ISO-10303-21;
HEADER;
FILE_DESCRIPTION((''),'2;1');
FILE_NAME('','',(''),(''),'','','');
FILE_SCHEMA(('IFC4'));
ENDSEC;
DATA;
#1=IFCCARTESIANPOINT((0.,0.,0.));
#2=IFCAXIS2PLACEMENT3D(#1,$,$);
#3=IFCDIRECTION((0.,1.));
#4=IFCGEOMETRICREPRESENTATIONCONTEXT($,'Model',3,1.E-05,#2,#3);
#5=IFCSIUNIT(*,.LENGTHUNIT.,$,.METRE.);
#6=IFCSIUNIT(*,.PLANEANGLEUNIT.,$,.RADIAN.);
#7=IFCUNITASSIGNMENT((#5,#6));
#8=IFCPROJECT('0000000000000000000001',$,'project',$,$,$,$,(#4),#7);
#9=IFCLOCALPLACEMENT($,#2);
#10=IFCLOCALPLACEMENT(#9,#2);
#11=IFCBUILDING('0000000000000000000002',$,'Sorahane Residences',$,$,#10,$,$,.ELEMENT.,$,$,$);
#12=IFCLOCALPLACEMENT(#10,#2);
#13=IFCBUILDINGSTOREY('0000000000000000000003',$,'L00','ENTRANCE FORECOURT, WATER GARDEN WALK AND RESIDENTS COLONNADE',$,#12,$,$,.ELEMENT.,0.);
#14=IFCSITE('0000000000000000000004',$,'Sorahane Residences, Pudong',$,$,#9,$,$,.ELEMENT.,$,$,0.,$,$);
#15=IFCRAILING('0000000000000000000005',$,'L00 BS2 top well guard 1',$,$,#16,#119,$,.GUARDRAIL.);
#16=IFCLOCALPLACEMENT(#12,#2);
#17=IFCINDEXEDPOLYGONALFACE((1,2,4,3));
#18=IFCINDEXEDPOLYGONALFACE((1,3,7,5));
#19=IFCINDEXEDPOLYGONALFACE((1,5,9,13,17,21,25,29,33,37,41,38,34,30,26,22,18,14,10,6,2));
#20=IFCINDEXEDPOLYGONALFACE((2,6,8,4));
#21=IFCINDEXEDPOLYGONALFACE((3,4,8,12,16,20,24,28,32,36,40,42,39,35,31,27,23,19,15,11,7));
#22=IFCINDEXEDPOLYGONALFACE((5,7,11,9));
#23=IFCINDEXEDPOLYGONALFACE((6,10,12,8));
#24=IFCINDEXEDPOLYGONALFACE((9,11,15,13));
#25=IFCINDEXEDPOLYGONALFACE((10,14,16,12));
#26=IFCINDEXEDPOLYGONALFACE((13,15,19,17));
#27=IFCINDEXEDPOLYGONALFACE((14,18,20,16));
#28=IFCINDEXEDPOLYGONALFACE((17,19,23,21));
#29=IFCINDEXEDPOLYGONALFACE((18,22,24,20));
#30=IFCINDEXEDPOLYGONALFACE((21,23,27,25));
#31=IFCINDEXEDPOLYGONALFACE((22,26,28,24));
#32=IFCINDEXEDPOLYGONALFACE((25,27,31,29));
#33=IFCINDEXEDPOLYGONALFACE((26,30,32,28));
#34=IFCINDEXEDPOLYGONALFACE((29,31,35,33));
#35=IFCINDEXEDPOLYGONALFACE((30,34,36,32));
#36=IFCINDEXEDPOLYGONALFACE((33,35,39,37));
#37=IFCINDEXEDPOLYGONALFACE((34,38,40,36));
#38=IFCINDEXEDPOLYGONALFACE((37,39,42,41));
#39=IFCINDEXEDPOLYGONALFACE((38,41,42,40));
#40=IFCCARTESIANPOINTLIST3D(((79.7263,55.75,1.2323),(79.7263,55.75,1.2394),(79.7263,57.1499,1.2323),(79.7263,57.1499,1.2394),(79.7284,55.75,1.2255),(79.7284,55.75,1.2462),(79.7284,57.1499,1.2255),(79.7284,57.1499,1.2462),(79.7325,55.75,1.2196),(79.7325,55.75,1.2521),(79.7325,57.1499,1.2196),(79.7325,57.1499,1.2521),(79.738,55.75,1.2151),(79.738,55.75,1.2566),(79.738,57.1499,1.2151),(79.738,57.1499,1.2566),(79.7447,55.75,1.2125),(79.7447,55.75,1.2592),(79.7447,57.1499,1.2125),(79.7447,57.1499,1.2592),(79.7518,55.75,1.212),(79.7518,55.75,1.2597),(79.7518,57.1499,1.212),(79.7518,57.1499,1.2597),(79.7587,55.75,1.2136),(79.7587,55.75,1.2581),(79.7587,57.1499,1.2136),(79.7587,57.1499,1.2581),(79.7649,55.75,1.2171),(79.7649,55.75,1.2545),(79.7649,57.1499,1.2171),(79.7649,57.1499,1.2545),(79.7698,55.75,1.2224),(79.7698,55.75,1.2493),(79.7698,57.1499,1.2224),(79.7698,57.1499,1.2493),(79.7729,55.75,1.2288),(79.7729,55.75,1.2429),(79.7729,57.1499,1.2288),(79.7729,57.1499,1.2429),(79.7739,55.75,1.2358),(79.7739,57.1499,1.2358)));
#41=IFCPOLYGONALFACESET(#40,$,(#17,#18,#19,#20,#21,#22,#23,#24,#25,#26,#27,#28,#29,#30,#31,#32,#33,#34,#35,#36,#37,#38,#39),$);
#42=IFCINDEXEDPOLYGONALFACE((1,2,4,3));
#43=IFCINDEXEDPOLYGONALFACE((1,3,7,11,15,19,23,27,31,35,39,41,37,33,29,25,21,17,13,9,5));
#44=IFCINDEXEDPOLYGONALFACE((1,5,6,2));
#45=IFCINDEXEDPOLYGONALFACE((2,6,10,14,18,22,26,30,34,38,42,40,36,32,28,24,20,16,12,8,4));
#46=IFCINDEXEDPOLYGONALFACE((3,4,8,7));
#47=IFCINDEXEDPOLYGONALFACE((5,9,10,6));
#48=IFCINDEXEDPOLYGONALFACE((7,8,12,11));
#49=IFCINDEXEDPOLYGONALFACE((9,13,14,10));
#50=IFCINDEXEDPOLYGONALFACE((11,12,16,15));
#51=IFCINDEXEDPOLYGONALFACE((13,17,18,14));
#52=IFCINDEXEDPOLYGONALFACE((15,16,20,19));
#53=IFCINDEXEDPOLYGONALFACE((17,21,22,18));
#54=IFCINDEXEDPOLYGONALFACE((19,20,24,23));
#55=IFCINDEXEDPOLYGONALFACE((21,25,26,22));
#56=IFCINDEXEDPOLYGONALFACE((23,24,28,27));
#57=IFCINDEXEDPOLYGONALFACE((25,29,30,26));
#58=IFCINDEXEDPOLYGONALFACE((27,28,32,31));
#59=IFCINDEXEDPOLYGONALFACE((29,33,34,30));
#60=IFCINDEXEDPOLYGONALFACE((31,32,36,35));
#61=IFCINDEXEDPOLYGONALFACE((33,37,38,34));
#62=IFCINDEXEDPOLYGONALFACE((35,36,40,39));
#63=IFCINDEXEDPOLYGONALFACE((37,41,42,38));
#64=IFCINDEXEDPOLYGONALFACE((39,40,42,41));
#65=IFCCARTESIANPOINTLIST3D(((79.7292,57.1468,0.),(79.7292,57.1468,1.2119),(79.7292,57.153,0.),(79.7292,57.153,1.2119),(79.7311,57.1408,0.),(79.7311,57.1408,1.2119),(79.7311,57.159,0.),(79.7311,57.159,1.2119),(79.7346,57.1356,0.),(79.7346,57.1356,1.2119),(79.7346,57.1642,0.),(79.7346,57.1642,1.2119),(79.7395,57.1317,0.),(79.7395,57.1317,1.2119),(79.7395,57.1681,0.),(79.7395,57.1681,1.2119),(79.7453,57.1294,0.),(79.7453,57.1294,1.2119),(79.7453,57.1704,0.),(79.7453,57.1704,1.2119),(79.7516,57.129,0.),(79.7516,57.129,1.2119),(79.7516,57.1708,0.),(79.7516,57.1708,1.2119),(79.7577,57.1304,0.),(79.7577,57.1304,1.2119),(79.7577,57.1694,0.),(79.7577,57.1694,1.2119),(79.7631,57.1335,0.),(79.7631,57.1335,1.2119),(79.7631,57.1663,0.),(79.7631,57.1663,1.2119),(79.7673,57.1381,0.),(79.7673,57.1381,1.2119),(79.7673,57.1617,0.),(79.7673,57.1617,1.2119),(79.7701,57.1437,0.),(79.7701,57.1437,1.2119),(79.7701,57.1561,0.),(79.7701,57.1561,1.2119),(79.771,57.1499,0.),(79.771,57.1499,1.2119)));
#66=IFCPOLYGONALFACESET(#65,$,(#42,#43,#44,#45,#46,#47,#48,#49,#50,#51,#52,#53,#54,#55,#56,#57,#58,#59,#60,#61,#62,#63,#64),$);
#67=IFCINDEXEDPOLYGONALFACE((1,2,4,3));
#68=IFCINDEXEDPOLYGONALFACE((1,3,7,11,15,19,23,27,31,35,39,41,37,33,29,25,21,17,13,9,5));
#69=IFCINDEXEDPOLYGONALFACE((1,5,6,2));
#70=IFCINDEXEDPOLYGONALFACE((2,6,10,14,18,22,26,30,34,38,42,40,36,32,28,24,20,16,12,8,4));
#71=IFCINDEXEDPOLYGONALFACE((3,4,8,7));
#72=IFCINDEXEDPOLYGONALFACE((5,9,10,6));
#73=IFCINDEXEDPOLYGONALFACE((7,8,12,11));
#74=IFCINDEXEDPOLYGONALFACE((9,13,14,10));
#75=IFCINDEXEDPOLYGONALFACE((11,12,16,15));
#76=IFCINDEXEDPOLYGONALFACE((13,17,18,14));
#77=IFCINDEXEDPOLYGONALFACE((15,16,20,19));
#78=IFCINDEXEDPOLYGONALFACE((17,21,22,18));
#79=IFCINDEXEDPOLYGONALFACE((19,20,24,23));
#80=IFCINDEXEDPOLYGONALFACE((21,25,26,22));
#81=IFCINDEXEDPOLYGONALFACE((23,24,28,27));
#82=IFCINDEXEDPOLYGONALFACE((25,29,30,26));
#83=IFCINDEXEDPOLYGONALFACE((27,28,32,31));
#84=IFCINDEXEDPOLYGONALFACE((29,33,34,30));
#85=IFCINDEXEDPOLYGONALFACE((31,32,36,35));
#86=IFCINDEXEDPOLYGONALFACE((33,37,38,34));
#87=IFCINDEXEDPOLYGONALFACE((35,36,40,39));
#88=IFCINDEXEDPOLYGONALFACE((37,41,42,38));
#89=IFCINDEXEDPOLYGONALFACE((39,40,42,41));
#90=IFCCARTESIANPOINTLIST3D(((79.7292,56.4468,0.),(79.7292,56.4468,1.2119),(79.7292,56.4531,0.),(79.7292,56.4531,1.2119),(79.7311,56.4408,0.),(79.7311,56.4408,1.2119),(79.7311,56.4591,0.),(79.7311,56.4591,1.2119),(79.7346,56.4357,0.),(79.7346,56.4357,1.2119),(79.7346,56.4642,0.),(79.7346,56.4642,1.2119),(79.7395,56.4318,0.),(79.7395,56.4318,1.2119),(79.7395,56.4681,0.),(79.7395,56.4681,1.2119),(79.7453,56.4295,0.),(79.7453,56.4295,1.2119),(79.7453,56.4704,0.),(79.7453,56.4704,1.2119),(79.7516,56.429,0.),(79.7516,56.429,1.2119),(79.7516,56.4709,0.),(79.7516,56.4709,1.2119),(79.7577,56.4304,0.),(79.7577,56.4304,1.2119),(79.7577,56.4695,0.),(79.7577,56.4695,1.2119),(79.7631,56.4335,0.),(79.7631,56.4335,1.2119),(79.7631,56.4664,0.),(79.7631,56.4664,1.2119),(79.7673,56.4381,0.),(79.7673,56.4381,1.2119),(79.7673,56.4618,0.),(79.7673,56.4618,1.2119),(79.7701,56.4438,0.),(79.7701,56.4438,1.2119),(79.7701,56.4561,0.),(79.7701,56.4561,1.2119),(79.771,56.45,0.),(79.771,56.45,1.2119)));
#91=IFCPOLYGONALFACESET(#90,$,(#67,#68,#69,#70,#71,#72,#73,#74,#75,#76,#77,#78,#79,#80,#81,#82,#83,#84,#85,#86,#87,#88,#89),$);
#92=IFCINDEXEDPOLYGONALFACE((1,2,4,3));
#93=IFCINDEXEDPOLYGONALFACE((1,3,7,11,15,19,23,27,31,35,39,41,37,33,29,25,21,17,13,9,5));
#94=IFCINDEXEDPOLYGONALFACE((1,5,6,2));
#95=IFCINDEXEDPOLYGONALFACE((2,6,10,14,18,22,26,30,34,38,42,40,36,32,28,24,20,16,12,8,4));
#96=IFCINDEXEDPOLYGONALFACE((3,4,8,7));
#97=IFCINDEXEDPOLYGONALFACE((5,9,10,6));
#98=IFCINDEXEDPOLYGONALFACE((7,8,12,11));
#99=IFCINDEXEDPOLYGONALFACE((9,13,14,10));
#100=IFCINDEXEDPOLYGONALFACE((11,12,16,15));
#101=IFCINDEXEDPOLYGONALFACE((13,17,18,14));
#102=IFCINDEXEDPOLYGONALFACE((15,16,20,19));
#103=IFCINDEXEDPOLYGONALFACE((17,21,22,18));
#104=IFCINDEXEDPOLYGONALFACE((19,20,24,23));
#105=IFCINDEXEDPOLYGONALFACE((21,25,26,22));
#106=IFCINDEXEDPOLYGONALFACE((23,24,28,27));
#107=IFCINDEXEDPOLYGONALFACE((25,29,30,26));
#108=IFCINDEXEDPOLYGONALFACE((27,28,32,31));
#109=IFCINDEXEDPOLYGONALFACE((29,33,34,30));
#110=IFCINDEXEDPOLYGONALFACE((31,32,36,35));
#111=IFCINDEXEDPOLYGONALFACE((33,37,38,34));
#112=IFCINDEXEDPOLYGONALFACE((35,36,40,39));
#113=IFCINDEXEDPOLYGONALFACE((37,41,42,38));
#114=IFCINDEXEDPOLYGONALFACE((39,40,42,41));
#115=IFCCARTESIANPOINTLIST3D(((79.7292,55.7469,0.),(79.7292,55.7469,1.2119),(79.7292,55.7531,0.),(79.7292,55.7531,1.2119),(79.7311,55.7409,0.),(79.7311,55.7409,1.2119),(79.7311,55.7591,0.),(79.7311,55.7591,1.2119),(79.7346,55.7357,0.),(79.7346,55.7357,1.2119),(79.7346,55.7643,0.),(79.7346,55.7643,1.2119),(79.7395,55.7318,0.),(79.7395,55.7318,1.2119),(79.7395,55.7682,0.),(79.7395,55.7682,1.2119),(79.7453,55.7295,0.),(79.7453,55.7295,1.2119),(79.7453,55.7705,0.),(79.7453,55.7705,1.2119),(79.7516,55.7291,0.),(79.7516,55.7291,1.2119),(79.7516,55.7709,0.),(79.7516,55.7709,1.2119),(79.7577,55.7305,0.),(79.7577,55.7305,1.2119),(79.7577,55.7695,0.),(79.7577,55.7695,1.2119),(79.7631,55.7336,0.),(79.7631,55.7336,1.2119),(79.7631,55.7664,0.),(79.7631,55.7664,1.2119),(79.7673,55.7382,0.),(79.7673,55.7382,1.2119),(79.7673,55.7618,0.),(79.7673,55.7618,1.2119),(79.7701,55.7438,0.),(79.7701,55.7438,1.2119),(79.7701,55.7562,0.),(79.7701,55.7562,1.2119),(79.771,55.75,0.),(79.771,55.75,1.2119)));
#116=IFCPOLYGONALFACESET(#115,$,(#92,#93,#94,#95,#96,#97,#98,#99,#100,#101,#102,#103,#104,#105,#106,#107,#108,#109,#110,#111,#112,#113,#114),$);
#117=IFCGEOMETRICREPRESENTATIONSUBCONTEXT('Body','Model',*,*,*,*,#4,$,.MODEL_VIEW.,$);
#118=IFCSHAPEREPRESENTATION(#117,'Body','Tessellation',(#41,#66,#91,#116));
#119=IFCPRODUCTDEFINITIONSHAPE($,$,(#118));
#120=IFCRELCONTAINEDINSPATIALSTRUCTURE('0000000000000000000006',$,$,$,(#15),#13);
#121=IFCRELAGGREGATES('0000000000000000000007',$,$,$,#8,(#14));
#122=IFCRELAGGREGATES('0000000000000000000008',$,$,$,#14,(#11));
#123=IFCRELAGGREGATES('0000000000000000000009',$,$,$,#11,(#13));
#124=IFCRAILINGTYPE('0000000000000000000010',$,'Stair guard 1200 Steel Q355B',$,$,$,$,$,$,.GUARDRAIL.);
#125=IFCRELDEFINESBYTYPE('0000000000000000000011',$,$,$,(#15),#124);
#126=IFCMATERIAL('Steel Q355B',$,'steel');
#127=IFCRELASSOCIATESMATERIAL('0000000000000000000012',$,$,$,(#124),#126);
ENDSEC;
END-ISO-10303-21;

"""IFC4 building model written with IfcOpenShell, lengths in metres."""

from ifc_helpers import new_model, si_unit, direction, frame, origin, origin_2d, place, context, subcontext, project, spatial, circle, extrude, material, type_object, element, save


model = new_model("IFC4")

# Units and contexts
model_context = context("Model", 3, precision=1e-05, world=origin(), true_north=direction((0.0, 1.0)))
body_context = subcontext(model_context, "Body", "Model", "MODEL_VIEW")
ifc_project = project(units=[si_unit("LENGTHUNIT", "METRE"), si_unit("PLANEANGLEUNIT", "RADIAN")], contexts=[model_context])

# Site, building, storey
site_placement = place(None, origin())
site = spatial("IfcSite", under=ifc_project, at=site_placement, Name="Sorahane Residences, Pudong", CompositionType="ELEMENT", RefElevation=0.0)
building_placement = place(site_placement, origin())
building = spatial("IfcBuilding", under=site, at=building_placement, Name="Sorahane Residences", CompositionType="ELEMENT")
storey_placement = place(building_placement, origin())
storey = spatial("IfcBuildingStorey", under=building, at=storey_placement, Name="L00", Description="ENTRANCE FORECOURT, WATER GARDEN WALK AND RESIDENTS COLONNADE", CompositionType="ELEMENT", Elevation=0.0)

# Railing
ifc_material_1 = material(Name="Steel Q355B", Category="steel")
railing_type = type_object("IfcRailingType", Name="Stair guard 1200 Steel Q355B", PredefinedType="GUARDRAIL", material=ifc_material_1)
railing_1_placement = place(storey_placement, frame((79.75, 57.1499, 0.0)))
element("IfcRailing", 1, at=railing_1_placement, inside=storey, type_object=railing_type, Name="L00 BS2 top well guard 1", PredefinedType="GUARDRAIL", context=body_context, shape_type="SweptSolid", body=[
    extrude(circle(Radius=0.0239, at=origin_2d()), frame((0.0, 0.0, 1.2358), z_axis=(0.0, -1.0, 0.0), x_axis=(1.0, 0.0, 0.0)), (0.0, 0.0, 1.0), 1.3999),
    extrude(circle(Radius=0.021, at=origin_2d()), origin(), (0.0, 0.0, 1.0), 1.2119),
    extrude(circle(Radius=0.021, at=origin_2d()), frame((0.0, -0.7, 0.0)), (0.0, 0.0, 1.0), 1.2119),
    extrude(circle(Radius=0.021, at=origin_2d()), frame((0.0, -1.3999, 0.0)), (0.0, 0.0, 1.0), 1.2119),
])

save(model, "model.ifc")
